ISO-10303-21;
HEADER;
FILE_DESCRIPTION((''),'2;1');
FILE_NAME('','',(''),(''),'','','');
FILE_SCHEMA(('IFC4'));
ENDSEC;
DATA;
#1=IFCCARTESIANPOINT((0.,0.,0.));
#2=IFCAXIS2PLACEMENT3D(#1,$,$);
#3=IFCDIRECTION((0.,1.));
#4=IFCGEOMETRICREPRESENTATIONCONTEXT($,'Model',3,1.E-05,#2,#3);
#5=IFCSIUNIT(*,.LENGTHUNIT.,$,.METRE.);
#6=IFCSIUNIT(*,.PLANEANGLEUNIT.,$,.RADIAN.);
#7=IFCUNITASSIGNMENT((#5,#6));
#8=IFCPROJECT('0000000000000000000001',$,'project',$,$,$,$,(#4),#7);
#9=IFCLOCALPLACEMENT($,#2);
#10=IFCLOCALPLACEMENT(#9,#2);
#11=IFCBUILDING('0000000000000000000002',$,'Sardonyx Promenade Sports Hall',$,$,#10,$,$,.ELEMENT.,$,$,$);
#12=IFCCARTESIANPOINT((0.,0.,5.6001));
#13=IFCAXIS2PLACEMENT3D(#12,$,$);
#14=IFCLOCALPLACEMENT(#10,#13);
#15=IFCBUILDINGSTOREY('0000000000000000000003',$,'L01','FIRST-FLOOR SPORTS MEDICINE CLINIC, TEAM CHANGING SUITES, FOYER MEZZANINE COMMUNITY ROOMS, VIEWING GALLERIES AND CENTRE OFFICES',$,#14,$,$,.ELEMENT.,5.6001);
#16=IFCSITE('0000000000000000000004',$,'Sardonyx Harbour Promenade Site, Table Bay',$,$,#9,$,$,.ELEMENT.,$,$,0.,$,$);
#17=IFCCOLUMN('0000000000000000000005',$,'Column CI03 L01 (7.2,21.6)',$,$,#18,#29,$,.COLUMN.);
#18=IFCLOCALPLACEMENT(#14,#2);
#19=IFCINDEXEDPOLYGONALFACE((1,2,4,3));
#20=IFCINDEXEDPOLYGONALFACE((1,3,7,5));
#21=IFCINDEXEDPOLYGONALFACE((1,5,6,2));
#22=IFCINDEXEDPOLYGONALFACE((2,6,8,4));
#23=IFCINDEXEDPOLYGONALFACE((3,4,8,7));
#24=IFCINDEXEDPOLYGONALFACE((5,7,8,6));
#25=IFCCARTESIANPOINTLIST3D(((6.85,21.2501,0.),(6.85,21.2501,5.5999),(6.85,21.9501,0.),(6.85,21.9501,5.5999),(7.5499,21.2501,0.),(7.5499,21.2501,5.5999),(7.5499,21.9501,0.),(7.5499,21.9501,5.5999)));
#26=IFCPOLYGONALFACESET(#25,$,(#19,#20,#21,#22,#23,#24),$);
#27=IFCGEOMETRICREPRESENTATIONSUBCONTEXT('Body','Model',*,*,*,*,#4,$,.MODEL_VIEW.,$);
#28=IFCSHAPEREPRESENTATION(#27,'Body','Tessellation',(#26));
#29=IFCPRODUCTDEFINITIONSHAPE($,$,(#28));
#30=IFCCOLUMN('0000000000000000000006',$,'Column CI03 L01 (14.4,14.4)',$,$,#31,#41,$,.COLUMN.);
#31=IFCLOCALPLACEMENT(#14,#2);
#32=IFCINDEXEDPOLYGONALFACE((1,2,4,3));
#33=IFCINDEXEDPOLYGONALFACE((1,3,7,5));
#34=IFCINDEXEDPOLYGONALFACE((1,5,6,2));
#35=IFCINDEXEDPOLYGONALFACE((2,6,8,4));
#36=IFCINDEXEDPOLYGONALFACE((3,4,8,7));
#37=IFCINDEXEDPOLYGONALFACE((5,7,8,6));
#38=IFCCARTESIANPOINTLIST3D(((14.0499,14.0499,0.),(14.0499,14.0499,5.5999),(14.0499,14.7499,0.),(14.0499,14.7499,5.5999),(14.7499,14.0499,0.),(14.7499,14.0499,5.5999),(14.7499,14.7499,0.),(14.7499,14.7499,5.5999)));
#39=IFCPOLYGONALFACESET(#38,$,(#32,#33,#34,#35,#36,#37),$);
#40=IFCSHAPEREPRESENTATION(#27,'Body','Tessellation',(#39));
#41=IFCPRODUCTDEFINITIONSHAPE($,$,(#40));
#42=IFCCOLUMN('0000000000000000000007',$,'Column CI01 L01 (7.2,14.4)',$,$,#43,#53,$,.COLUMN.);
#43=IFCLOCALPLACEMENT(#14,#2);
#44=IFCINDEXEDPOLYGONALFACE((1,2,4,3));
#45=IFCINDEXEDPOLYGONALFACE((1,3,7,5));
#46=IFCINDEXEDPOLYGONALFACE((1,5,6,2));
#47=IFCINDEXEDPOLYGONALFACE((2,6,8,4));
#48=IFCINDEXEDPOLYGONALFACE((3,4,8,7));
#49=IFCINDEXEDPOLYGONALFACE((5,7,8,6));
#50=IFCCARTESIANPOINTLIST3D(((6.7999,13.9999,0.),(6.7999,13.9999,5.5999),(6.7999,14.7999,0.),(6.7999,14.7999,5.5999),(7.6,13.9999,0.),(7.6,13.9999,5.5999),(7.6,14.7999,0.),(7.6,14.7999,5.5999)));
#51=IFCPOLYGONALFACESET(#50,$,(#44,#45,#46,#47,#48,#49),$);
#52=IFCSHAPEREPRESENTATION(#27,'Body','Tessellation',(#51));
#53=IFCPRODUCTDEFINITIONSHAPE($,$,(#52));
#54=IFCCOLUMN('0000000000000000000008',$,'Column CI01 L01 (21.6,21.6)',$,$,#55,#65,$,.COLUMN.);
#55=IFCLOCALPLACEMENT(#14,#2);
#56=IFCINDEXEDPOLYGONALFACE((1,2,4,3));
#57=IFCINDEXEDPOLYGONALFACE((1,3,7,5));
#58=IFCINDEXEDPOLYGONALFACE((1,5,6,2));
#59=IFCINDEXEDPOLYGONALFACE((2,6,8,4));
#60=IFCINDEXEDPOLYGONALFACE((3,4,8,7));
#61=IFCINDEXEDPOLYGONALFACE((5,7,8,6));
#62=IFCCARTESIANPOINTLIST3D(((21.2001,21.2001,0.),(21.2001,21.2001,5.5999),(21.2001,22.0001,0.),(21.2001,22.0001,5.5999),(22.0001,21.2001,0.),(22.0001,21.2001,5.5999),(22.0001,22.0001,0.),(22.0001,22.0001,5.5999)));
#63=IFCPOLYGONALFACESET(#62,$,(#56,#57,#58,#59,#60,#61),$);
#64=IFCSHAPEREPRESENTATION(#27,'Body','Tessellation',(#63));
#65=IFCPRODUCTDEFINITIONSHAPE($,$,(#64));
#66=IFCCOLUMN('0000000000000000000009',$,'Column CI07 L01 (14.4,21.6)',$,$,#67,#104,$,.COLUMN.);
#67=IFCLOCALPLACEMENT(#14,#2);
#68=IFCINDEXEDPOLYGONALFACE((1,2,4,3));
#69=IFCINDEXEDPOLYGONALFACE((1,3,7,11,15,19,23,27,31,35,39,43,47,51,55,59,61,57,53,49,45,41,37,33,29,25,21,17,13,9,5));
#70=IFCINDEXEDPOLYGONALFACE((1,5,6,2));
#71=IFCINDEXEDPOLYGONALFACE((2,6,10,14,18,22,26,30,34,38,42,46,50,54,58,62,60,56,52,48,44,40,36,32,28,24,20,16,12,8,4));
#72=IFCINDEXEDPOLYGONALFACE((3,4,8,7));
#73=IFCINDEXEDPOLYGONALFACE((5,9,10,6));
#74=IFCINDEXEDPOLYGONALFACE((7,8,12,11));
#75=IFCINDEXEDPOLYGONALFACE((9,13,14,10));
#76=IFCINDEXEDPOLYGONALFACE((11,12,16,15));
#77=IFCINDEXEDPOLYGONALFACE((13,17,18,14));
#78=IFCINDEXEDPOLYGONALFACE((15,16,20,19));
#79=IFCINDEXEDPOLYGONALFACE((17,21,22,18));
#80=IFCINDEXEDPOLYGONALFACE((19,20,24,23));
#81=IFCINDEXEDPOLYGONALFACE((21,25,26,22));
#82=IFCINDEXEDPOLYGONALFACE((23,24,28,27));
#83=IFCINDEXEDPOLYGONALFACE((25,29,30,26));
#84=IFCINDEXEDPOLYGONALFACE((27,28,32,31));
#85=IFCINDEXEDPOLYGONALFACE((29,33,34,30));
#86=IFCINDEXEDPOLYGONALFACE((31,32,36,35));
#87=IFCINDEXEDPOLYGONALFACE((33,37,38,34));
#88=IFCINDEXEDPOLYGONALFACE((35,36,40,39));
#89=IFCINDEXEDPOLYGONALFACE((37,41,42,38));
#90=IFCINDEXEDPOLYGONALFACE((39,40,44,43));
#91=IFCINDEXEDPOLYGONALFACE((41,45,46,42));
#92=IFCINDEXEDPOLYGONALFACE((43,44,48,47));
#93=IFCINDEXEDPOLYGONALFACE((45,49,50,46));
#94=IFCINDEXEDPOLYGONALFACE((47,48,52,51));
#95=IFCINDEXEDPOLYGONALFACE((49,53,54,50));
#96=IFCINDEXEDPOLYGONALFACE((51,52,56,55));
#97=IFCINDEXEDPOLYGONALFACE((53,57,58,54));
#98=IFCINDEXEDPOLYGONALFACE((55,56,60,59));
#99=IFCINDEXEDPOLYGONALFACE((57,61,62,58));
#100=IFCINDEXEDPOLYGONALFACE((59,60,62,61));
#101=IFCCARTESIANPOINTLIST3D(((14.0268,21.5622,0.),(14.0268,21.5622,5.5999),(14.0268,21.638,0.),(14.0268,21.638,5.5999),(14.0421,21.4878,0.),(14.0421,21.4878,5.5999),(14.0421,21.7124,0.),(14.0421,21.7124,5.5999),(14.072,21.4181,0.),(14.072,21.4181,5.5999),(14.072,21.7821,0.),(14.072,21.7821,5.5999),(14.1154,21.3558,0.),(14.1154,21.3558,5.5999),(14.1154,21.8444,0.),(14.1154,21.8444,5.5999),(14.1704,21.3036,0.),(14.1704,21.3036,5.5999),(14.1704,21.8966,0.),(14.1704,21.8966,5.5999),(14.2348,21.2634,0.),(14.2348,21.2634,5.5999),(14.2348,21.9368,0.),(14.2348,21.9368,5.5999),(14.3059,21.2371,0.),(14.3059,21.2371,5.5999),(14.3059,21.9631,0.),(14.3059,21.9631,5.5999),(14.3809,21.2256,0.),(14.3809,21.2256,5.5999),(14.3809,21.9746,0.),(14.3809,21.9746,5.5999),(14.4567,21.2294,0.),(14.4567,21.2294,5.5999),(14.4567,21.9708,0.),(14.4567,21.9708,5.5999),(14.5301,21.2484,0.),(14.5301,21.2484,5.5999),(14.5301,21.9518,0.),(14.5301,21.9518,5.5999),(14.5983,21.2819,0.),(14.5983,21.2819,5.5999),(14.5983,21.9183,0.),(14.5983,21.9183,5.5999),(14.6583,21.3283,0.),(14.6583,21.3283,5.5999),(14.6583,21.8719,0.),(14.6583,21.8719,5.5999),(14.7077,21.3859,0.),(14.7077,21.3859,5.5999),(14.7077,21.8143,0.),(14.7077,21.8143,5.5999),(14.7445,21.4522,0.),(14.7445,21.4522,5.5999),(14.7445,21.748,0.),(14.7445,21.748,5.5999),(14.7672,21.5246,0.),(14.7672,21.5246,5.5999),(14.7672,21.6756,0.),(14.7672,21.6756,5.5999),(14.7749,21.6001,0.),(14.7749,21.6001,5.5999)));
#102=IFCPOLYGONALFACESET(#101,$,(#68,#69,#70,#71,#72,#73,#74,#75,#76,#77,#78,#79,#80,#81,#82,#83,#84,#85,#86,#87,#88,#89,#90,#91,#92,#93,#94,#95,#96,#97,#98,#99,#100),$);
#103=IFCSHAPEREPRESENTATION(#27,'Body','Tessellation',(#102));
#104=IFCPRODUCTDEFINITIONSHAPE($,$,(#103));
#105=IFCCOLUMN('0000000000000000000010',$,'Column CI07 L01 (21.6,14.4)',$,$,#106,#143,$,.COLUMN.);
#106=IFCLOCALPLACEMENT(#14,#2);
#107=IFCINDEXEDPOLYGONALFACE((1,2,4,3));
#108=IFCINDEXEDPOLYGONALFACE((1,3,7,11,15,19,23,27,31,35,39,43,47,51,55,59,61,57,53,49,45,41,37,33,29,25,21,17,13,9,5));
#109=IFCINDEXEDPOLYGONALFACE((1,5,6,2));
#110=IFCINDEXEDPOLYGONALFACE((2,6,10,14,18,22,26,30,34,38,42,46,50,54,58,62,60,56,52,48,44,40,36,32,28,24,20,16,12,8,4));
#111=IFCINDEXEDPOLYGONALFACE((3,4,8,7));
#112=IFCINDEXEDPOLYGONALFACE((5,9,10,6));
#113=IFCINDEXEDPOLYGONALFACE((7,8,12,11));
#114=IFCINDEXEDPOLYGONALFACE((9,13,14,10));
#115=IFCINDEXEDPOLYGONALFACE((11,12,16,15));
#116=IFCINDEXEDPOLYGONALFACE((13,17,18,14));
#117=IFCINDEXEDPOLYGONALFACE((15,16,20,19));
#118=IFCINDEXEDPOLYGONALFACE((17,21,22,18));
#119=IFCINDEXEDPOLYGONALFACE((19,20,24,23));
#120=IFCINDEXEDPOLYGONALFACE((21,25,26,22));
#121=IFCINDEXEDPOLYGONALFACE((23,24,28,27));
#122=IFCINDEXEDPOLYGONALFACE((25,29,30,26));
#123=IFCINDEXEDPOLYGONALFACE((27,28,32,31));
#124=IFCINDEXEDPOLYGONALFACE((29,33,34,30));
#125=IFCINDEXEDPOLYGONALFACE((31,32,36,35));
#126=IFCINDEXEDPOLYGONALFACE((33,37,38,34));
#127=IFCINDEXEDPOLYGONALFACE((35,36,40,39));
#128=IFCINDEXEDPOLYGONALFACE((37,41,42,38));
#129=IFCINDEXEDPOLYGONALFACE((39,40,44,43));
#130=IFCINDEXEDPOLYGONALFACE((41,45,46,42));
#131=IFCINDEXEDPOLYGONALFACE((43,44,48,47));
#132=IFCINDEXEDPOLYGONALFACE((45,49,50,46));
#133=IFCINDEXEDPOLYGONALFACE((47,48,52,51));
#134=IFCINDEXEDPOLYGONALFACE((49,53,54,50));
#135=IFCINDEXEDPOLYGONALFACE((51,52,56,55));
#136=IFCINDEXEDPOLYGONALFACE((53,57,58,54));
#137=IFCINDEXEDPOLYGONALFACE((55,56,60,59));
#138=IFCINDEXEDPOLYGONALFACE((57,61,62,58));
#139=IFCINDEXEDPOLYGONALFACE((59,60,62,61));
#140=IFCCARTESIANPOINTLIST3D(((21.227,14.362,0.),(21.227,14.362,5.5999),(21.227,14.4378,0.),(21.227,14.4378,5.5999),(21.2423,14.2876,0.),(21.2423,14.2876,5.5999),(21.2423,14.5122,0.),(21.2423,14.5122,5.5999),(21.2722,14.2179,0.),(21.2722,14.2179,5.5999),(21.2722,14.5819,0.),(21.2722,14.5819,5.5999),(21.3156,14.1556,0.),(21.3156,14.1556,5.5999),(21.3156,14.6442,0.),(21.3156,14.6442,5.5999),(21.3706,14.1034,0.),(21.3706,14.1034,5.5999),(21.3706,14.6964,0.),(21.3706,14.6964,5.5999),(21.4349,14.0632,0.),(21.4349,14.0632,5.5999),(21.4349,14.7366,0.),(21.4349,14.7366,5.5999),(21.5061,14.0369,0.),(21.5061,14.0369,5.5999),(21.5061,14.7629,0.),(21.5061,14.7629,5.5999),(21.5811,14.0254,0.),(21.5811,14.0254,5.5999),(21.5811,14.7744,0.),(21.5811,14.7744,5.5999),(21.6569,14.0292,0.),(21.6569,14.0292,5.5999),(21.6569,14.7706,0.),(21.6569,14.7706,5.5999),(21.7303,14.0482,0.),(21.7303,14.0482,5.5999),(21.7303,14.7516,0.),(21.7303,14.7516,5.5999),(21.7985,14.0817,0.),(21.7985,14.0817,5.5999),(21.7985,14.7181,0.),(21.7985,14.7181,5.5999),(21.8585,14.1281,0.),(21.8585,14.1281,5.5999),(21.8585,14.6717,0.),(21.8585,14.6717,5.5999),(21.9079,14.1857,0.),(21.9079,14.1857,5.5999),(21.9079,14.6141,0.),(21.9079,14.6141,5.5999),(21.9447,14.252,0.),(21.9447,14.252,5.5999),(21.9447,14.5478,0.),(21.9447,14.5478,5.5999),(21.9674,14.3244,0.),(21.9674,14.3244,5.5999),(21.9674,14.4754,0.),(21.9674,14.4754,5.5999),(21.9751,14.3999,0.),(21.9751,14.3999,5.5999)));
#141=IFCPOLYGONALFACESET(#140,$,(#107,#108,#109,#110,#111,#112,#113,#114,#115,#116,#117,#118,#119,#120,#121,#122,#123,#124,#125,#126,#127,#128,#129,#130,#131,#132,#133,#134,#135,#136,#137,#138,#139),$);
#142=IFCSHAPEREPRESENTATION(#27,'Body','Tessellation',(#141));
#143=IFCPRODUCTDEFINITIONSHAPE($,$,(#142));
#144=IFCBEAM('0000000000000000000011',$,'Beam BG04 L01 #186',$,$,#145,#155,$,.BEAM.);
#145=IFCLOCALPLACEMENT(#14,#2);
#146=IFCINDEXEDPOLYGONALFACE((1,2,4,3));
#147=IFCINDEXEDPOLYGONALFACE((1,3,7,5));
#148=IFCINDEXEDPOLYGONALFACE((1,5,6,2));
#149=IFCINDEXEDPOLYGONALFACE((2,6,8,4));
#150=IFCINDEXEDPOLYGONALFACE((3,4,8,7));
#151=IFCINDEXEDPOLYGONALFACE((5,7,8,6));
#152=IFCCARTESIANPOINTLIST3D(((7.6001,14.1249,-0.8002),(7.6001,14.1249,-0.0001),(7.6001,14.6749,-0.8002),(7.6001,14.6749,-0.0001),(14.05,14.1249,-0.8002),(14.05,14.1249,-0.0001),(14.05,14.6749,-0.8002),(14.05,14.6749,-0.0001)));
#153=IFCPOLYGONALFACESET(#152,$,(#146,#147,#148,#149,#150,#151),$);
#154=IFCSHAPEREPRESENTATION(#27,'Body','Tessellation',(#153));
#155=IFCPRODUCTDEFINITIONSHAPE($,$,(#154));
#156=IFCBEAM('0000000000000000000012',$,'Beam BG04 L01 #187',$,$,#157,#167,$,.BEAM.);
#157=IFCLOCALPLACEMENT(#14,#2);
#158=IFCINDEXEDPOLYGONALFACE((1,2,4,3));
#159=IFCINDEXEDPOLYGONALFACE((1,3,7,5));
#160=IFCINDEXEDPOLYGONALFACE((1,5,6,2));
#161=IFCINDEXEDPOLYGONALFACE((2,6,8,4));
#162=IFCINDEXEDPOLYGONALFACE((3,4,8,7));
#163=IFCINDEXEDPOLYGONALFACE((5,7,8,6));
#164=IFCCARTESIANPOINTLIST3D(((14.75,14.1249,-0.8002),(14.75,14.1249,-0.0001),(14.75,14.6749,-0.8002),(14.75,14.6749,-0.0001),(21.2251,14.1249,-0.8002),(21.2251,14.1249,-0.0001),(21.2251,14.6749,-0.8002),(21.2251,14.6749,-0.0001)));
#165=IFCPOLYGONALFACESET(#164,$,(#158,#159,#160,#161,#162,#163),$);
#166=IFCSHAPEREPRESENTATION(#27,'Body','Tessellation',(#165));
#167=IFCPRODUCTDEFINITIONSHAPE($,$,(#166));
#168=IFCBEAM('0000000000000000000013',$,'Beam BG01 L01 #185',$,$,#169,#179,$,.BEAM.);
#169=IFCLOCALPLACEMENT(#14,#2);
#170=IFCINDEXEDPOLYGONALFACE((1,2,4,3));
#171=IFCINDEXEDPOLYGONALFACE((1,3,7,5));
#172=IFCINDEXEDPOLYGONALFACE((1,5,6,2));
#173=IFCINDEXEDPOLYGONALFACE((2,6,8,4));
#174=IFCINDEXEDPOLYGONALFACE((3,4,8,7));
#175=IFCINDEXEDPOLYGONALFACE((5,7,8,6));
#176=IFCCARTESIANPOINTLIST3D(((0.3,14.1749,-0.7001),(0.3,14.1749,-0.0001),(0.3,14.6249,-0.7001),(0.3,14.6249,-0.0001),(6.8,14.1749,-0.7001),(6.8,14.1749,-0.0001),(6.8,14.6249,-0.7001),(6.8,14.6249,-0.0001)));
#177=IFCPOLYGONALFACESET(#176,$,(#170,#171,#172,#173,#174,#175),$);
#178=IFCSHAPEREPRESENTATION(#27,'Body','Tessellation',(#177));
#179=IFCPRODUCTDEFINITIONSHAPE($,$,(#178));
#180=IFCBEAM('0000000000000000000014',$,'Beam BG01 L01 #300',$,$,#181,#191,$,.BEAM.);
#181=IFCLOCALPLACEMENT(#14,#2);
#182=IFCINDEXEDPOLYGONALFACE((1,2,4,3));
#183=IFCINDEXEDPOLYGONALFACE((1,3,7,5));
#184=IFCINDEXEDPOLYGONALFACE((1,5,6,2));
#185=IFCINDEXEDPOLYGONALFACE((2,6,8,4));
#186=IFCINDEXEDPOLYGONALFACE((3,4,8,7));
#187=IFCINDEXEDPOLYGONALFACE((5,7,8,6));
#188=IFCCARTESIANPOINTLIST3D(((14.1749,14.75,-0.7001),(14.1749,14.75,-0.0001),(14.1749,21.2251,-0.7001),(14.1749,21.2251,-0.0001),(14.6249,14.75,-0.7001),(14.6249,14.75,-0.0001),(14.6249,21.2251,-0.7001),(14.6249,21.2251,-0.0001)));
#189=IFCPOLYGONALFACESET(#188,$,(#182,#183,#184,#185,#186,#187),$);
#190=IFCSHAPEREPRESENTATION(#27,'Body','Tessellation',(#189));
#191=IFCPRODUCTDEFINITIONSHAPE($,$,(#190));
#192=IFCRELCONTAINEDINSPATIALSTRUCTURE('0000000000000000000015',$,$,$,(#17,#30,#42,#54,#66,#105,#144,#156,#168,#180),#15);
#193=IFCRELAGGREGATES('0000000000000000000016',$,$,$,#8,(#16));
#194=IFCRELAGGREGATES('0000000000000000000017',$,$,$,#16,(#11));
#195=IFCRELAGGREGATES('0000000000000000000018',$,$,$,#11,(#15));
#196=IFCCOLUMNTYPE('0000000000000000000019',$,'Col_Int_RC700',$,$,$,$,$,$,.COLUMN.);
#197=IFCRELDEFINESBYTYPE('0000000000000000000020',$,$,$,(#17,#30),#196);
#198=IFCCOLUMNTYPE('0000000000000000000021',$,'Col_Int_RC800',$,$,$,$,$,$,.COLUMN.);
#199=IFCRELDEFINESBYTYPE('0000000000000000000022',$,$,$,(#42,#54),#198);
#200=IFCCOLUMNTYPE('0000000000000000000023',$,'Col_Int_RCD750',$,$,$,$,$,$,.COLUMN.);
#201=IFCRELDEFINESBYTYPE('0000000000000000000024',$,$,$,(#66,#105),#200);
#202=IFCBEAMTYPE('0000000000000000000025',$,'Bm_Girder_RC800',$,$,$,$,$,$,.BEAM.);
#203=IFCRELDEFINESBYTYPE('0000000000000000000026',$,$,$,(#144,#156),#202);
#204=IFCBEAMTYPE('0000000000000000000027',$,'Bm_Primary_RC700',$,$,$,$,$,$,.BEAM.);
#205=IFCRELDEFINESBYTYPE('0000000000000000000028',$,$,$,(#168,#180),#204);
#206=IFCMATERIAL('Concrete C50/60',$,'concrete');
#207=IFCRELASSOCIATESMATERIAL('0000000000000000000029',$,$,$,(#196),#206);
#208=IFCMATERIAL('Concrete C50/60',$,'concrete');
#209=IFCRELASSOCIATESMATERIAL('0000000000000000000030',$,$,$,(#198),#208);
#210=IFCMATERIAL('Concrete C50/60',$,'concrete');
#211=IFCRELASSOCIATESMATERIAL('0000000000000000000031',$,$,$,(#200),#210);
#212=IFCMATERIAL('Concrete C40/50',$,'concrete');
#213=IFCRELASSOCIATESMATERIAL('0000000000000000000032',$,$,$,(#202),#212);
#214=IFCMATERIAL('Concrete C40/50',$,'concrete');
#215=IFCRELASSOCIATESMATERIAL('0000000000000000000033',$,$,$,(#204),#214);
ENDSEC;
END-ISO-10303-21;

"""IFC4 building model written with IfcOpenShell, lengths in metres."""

from ifc_helpers import new_model, si_unit, direction, frame, origin, origin_2d, place, context, subcontext, project, spatial, rectangle, circle, extrude, material, material_profile, profile_set, type_object, element, save


model = new_model("IFC4")

# Units and contexts
model_context = context("Model", 3, precision=1e-05, world=origin(), true_north=direction((0.0, 1.0)))
body_context = subcontext(model_context, "Body", "Model", "MODEL_VIEW")
ifc_project = project(units=[si_unit("LENGTHUNIT", "METRE"), si_unit("PLANEANGLEUNIT", "RADIAN")], contexts=[model_context])

# Site, building, storey
site_placement = place(None, origin())
site = spatial("IfcSite", under=ifc_project, at=site_placement, Name="Sardonyx Harbour Promenade Site, Table Bay", CompositionType="ELEMENT", RefElevation=0.0)
building_placement = place(site_placement, origin())
building = spatial("IfcBuilding", under=site, at=building_placement, Name="Sardonyx Promenade Sports Hall", CompositionType="ELEMENT")
storey_placement = place(building_placement, frame((0.0, 0.0, 5.6001)))
storey = spatial("IfcBuildingStorey", under=building, at=storey_placement, Name="L01", Description="FIRST-FLOOR SPORTS MEDICINE CLINIC, TEAM CHANGING SUITES, FOYER MEZZANINE COMMUNITY ROOMS, VIEWING GALLERIES AND CENTRE OFFICES", CompositionType="ELEMENT", Elevation=5.6001)

# Columns
ifc_material_1 = material(Name="Concrete C50/60", Category="concrete")
ifc_material_profile_1 = material_profile(ifc_material_1, rectangle(XDim=0.7, YDim=0.7, at=origin_2d()))
ifc_profile_set_1 = profile_set([ifc_material_profile_1], Name="Concrete C50/60")
column_type_1 = type_object("IfcColumnType", Name="Col_Int_RC700", PredefinedType="COLUMN", material=ifc_profile_set_1)
for number, where, z_axis, x_axis, name in (
    (1, (7.2, 21.6001, 0.0), (0.0, 0.0, 1.0), (1.0, 0.0, 0.0), "Column CI03 L01 (7.2,21.6)"),
    (2, (14.3999, 14.3999, 0.0), (0.0, 0.0, 1.0), (1.0, 0.0, 0.0), "Column CI03 L01 (14.4,14.4)"),
):
    element("IfcColumn", number, at=place(storey_placement, frame(where, z_axis=z_axis, x_axis=x_axis)), inside=storey, type_object=column_type_1, Name=name, PredefinedType="COLUMN", context=body_context, shape_type="SweptSolid", body=[
        extrude(rectangle(XDim=0.7, YDim=0.7, at=origin_2d()), origin(), (0.0, 0.0, 1.0), 5.5999),
    ])
ifc_material_2 = material(Name="Concrete C50/60", Category="concrete")
ifc_material_profile_2 = material_profile(ifc_material_2, rectangle(XDim=0.8, YDim=0.8, at=origin_2d()))
ifc_profile_set_2 = profile_set([ifc_material_profile_2], Name="Concrete C50/60")
column_type_2 = type_object("IfcColumnType", Name="Col_Int_RC800", PredefinedType="COLUMN", material=ifc_profile_set_2)
for number, where, z_axis, x_axis, name in (
    (3, (7.2, 14.3999, 0.0), (0.0, 0.0, 1.0), (1.0, 0.0, 0.0), "Column CI01 L01 (7.2,14.4)"),
    (4, (21.6001, 21.6001, 0.0), (0.0, 0.0, 1.0), (1.0, 0.0, 0.0), "Column CI01 L01 (21.6,21.6)"),
):
    element("IfcColumn", number, at=place(storey_placement, frame(where, z_axis=z_axis, x_axis=x_axis)), inside=storey, type_object=column_type_2, Name=name, PredefinedType="COLUMN", context=body_context, shape_type="SweptSolid", body=[
        extrude(rectangle(XDim=0.8, YDim=0.8, at=origin_2d()), origin(), (0.0, 0.0, 1.0), 5.5999),
    ])
ifc_material_3 = material(Name="Concrete C50/60", Category="concrete")
ifc_material_profile_3 = material_profile(ifc_material_3, circle(Radius=0.375, at=origin_2d()))
ifc_profile_set_3 = profile_set([ifc_material_profile_3], Name="Concrete C50/60")
column_type_3 = type_object("IfcColumnType", Name="Col_Int_RCD750", PredefinedType="COLUMN", material=ifc_profile_set_3)
for number, where, z_axis, x_axis, name in (
    (5, (14.3999, 21.6001, 0.0), (0.0, 0.0, 1.0), (1.0, 0.0, 0.0), "Column CI07 L01 (14.4,21.6)"),
    (6, (21.6001, 14.3999, 0.0), (0.0, 0.0, 1.0), (1.0, 0.0, 0.0), "Column CI07 L01 (21.6,14.4)"),
):
    element("IfcColumn", number, at=place(storey_placement, frame(where, z_axis=z_axis, x_axis=x_axis)), inside=storey, type_object=column_type_3, Name=name, PredefinedType="COLUMN", context=body_context, shape_type="SweptSolid", body=[
        extrude(circle(Radius=0.375, at=origin_2d()), origin(), (0.0, 0.0, 1.0), 5.5999),
    ])

# Beams
ifc_material_4 = material(Name="Concrete C40/50", Category="concrete")
ifc_material_profile_4 = material_profile(ifc_material_4, rectangle(XDim=0.55, YDim=0.8, at=origin_2d()))
ifc_profile_set_4 = profile_set([ifc_material_profile_4], Name="Concrete C40/50")
beam_type_1 = type_object("IfcBeamType", Name="Bm_Girder_RC800", PredefinedType="BEAM", material=ifc_profile_set_4)
beam_1_placement = place(storey_placement, frame((7.6001, 14.3999, -0.4001), z_axis=(1.0, 0.0, 0.0), x_axis=(0.0, 1.0, 0.0)))
element("IfcBeam", 7, at=beam_1_placement, inside=storey, type_object=beam_type_1, Name="Beam BG04 L01 #186", PredefinedType="BEAM", context=body_context, shape_type="SweptSolid", body=[
    extrude(rectangle(XDim=0.55, YDim=0.8, at=origin_2d()), origin(), (0.0, 0.0, 1.0), 6.45),
])
beam_2_placement = place(storey_placement, frame((14.75, 14.3999, -0.4001), z_axis=(1.0, 0.0, 0.0), x_axis=(0.0, 1.0, 0.0)))
element("IfcBeam", 8, at=beam_2_placement, inside=storey, type_object=beam_type_1, Name="Beam BG04 L01 #187", PredefinedType="BEAM", context=body_context, shape_type="SweptSolid", body=[
    extrude(rectangle(XDim=0.55, YDim=0.8, at=origin_2d()), origin(), (0.0, 0.0, 1.0), 6.4751),
])
ifc_material_5 = material(Name="Concrete C40/50", Category="concrete")
ifc_material_profile_5 = material_profile(ifc_material_5, rectangle(XDim=0.45, YDim=0.7, at=origin_2d()))
ifc_profile_set_5 = profile_set([ifc_material_profile_5], Name="Concrete C40/50")
beam_type_2 = type_object("IfcBeamType", Name="Bm_Primary_RC700", PredefinedType="BEAM", material=ifc_profile_set_5)
beam_3_placement = place(storey_placement, frame((0.3, 14.3999, -0.3501), z_axis=(1.0, 0.0, 0.0), x_axis=(0.0, 1.0, 0.0)))
element("IfcBeam", 9, at=beam_3_placement, inside=storey, type_object=beam_type_2, Name="Beam BG01 L01 #185", PredefinedType="BEAM", context=body_context, shape_type="SweptSolid", body=[
    extrude(rectangle(XDim=0.45, YDim=0.7, at=origin_2d()), origin(), (0.0, 0.0, 1.0), 6.5),
])
beam_4_placement = place(storey_placement, frame((14.3999, 14.75, -0.3501), z_axis=(0.0, 1.0, 0.0), x_axis=(-1.0, 0.0, 0.0)))
element("IfcBeam", 10, at=beam_4_placement, inside=storey, type_object=beam_type_2, Name="Beam BG01 L01 #300", PredefinedType="BEAM", context=body_context, shape_type="SweptSolid", body=[
    extrude(rectangle(XDim=0.45, YDim=0.7, at=origin_2d()), origin(), (0.0, 0.0, 1.0), 6.4751),
])

save(model, "model.ifc")
